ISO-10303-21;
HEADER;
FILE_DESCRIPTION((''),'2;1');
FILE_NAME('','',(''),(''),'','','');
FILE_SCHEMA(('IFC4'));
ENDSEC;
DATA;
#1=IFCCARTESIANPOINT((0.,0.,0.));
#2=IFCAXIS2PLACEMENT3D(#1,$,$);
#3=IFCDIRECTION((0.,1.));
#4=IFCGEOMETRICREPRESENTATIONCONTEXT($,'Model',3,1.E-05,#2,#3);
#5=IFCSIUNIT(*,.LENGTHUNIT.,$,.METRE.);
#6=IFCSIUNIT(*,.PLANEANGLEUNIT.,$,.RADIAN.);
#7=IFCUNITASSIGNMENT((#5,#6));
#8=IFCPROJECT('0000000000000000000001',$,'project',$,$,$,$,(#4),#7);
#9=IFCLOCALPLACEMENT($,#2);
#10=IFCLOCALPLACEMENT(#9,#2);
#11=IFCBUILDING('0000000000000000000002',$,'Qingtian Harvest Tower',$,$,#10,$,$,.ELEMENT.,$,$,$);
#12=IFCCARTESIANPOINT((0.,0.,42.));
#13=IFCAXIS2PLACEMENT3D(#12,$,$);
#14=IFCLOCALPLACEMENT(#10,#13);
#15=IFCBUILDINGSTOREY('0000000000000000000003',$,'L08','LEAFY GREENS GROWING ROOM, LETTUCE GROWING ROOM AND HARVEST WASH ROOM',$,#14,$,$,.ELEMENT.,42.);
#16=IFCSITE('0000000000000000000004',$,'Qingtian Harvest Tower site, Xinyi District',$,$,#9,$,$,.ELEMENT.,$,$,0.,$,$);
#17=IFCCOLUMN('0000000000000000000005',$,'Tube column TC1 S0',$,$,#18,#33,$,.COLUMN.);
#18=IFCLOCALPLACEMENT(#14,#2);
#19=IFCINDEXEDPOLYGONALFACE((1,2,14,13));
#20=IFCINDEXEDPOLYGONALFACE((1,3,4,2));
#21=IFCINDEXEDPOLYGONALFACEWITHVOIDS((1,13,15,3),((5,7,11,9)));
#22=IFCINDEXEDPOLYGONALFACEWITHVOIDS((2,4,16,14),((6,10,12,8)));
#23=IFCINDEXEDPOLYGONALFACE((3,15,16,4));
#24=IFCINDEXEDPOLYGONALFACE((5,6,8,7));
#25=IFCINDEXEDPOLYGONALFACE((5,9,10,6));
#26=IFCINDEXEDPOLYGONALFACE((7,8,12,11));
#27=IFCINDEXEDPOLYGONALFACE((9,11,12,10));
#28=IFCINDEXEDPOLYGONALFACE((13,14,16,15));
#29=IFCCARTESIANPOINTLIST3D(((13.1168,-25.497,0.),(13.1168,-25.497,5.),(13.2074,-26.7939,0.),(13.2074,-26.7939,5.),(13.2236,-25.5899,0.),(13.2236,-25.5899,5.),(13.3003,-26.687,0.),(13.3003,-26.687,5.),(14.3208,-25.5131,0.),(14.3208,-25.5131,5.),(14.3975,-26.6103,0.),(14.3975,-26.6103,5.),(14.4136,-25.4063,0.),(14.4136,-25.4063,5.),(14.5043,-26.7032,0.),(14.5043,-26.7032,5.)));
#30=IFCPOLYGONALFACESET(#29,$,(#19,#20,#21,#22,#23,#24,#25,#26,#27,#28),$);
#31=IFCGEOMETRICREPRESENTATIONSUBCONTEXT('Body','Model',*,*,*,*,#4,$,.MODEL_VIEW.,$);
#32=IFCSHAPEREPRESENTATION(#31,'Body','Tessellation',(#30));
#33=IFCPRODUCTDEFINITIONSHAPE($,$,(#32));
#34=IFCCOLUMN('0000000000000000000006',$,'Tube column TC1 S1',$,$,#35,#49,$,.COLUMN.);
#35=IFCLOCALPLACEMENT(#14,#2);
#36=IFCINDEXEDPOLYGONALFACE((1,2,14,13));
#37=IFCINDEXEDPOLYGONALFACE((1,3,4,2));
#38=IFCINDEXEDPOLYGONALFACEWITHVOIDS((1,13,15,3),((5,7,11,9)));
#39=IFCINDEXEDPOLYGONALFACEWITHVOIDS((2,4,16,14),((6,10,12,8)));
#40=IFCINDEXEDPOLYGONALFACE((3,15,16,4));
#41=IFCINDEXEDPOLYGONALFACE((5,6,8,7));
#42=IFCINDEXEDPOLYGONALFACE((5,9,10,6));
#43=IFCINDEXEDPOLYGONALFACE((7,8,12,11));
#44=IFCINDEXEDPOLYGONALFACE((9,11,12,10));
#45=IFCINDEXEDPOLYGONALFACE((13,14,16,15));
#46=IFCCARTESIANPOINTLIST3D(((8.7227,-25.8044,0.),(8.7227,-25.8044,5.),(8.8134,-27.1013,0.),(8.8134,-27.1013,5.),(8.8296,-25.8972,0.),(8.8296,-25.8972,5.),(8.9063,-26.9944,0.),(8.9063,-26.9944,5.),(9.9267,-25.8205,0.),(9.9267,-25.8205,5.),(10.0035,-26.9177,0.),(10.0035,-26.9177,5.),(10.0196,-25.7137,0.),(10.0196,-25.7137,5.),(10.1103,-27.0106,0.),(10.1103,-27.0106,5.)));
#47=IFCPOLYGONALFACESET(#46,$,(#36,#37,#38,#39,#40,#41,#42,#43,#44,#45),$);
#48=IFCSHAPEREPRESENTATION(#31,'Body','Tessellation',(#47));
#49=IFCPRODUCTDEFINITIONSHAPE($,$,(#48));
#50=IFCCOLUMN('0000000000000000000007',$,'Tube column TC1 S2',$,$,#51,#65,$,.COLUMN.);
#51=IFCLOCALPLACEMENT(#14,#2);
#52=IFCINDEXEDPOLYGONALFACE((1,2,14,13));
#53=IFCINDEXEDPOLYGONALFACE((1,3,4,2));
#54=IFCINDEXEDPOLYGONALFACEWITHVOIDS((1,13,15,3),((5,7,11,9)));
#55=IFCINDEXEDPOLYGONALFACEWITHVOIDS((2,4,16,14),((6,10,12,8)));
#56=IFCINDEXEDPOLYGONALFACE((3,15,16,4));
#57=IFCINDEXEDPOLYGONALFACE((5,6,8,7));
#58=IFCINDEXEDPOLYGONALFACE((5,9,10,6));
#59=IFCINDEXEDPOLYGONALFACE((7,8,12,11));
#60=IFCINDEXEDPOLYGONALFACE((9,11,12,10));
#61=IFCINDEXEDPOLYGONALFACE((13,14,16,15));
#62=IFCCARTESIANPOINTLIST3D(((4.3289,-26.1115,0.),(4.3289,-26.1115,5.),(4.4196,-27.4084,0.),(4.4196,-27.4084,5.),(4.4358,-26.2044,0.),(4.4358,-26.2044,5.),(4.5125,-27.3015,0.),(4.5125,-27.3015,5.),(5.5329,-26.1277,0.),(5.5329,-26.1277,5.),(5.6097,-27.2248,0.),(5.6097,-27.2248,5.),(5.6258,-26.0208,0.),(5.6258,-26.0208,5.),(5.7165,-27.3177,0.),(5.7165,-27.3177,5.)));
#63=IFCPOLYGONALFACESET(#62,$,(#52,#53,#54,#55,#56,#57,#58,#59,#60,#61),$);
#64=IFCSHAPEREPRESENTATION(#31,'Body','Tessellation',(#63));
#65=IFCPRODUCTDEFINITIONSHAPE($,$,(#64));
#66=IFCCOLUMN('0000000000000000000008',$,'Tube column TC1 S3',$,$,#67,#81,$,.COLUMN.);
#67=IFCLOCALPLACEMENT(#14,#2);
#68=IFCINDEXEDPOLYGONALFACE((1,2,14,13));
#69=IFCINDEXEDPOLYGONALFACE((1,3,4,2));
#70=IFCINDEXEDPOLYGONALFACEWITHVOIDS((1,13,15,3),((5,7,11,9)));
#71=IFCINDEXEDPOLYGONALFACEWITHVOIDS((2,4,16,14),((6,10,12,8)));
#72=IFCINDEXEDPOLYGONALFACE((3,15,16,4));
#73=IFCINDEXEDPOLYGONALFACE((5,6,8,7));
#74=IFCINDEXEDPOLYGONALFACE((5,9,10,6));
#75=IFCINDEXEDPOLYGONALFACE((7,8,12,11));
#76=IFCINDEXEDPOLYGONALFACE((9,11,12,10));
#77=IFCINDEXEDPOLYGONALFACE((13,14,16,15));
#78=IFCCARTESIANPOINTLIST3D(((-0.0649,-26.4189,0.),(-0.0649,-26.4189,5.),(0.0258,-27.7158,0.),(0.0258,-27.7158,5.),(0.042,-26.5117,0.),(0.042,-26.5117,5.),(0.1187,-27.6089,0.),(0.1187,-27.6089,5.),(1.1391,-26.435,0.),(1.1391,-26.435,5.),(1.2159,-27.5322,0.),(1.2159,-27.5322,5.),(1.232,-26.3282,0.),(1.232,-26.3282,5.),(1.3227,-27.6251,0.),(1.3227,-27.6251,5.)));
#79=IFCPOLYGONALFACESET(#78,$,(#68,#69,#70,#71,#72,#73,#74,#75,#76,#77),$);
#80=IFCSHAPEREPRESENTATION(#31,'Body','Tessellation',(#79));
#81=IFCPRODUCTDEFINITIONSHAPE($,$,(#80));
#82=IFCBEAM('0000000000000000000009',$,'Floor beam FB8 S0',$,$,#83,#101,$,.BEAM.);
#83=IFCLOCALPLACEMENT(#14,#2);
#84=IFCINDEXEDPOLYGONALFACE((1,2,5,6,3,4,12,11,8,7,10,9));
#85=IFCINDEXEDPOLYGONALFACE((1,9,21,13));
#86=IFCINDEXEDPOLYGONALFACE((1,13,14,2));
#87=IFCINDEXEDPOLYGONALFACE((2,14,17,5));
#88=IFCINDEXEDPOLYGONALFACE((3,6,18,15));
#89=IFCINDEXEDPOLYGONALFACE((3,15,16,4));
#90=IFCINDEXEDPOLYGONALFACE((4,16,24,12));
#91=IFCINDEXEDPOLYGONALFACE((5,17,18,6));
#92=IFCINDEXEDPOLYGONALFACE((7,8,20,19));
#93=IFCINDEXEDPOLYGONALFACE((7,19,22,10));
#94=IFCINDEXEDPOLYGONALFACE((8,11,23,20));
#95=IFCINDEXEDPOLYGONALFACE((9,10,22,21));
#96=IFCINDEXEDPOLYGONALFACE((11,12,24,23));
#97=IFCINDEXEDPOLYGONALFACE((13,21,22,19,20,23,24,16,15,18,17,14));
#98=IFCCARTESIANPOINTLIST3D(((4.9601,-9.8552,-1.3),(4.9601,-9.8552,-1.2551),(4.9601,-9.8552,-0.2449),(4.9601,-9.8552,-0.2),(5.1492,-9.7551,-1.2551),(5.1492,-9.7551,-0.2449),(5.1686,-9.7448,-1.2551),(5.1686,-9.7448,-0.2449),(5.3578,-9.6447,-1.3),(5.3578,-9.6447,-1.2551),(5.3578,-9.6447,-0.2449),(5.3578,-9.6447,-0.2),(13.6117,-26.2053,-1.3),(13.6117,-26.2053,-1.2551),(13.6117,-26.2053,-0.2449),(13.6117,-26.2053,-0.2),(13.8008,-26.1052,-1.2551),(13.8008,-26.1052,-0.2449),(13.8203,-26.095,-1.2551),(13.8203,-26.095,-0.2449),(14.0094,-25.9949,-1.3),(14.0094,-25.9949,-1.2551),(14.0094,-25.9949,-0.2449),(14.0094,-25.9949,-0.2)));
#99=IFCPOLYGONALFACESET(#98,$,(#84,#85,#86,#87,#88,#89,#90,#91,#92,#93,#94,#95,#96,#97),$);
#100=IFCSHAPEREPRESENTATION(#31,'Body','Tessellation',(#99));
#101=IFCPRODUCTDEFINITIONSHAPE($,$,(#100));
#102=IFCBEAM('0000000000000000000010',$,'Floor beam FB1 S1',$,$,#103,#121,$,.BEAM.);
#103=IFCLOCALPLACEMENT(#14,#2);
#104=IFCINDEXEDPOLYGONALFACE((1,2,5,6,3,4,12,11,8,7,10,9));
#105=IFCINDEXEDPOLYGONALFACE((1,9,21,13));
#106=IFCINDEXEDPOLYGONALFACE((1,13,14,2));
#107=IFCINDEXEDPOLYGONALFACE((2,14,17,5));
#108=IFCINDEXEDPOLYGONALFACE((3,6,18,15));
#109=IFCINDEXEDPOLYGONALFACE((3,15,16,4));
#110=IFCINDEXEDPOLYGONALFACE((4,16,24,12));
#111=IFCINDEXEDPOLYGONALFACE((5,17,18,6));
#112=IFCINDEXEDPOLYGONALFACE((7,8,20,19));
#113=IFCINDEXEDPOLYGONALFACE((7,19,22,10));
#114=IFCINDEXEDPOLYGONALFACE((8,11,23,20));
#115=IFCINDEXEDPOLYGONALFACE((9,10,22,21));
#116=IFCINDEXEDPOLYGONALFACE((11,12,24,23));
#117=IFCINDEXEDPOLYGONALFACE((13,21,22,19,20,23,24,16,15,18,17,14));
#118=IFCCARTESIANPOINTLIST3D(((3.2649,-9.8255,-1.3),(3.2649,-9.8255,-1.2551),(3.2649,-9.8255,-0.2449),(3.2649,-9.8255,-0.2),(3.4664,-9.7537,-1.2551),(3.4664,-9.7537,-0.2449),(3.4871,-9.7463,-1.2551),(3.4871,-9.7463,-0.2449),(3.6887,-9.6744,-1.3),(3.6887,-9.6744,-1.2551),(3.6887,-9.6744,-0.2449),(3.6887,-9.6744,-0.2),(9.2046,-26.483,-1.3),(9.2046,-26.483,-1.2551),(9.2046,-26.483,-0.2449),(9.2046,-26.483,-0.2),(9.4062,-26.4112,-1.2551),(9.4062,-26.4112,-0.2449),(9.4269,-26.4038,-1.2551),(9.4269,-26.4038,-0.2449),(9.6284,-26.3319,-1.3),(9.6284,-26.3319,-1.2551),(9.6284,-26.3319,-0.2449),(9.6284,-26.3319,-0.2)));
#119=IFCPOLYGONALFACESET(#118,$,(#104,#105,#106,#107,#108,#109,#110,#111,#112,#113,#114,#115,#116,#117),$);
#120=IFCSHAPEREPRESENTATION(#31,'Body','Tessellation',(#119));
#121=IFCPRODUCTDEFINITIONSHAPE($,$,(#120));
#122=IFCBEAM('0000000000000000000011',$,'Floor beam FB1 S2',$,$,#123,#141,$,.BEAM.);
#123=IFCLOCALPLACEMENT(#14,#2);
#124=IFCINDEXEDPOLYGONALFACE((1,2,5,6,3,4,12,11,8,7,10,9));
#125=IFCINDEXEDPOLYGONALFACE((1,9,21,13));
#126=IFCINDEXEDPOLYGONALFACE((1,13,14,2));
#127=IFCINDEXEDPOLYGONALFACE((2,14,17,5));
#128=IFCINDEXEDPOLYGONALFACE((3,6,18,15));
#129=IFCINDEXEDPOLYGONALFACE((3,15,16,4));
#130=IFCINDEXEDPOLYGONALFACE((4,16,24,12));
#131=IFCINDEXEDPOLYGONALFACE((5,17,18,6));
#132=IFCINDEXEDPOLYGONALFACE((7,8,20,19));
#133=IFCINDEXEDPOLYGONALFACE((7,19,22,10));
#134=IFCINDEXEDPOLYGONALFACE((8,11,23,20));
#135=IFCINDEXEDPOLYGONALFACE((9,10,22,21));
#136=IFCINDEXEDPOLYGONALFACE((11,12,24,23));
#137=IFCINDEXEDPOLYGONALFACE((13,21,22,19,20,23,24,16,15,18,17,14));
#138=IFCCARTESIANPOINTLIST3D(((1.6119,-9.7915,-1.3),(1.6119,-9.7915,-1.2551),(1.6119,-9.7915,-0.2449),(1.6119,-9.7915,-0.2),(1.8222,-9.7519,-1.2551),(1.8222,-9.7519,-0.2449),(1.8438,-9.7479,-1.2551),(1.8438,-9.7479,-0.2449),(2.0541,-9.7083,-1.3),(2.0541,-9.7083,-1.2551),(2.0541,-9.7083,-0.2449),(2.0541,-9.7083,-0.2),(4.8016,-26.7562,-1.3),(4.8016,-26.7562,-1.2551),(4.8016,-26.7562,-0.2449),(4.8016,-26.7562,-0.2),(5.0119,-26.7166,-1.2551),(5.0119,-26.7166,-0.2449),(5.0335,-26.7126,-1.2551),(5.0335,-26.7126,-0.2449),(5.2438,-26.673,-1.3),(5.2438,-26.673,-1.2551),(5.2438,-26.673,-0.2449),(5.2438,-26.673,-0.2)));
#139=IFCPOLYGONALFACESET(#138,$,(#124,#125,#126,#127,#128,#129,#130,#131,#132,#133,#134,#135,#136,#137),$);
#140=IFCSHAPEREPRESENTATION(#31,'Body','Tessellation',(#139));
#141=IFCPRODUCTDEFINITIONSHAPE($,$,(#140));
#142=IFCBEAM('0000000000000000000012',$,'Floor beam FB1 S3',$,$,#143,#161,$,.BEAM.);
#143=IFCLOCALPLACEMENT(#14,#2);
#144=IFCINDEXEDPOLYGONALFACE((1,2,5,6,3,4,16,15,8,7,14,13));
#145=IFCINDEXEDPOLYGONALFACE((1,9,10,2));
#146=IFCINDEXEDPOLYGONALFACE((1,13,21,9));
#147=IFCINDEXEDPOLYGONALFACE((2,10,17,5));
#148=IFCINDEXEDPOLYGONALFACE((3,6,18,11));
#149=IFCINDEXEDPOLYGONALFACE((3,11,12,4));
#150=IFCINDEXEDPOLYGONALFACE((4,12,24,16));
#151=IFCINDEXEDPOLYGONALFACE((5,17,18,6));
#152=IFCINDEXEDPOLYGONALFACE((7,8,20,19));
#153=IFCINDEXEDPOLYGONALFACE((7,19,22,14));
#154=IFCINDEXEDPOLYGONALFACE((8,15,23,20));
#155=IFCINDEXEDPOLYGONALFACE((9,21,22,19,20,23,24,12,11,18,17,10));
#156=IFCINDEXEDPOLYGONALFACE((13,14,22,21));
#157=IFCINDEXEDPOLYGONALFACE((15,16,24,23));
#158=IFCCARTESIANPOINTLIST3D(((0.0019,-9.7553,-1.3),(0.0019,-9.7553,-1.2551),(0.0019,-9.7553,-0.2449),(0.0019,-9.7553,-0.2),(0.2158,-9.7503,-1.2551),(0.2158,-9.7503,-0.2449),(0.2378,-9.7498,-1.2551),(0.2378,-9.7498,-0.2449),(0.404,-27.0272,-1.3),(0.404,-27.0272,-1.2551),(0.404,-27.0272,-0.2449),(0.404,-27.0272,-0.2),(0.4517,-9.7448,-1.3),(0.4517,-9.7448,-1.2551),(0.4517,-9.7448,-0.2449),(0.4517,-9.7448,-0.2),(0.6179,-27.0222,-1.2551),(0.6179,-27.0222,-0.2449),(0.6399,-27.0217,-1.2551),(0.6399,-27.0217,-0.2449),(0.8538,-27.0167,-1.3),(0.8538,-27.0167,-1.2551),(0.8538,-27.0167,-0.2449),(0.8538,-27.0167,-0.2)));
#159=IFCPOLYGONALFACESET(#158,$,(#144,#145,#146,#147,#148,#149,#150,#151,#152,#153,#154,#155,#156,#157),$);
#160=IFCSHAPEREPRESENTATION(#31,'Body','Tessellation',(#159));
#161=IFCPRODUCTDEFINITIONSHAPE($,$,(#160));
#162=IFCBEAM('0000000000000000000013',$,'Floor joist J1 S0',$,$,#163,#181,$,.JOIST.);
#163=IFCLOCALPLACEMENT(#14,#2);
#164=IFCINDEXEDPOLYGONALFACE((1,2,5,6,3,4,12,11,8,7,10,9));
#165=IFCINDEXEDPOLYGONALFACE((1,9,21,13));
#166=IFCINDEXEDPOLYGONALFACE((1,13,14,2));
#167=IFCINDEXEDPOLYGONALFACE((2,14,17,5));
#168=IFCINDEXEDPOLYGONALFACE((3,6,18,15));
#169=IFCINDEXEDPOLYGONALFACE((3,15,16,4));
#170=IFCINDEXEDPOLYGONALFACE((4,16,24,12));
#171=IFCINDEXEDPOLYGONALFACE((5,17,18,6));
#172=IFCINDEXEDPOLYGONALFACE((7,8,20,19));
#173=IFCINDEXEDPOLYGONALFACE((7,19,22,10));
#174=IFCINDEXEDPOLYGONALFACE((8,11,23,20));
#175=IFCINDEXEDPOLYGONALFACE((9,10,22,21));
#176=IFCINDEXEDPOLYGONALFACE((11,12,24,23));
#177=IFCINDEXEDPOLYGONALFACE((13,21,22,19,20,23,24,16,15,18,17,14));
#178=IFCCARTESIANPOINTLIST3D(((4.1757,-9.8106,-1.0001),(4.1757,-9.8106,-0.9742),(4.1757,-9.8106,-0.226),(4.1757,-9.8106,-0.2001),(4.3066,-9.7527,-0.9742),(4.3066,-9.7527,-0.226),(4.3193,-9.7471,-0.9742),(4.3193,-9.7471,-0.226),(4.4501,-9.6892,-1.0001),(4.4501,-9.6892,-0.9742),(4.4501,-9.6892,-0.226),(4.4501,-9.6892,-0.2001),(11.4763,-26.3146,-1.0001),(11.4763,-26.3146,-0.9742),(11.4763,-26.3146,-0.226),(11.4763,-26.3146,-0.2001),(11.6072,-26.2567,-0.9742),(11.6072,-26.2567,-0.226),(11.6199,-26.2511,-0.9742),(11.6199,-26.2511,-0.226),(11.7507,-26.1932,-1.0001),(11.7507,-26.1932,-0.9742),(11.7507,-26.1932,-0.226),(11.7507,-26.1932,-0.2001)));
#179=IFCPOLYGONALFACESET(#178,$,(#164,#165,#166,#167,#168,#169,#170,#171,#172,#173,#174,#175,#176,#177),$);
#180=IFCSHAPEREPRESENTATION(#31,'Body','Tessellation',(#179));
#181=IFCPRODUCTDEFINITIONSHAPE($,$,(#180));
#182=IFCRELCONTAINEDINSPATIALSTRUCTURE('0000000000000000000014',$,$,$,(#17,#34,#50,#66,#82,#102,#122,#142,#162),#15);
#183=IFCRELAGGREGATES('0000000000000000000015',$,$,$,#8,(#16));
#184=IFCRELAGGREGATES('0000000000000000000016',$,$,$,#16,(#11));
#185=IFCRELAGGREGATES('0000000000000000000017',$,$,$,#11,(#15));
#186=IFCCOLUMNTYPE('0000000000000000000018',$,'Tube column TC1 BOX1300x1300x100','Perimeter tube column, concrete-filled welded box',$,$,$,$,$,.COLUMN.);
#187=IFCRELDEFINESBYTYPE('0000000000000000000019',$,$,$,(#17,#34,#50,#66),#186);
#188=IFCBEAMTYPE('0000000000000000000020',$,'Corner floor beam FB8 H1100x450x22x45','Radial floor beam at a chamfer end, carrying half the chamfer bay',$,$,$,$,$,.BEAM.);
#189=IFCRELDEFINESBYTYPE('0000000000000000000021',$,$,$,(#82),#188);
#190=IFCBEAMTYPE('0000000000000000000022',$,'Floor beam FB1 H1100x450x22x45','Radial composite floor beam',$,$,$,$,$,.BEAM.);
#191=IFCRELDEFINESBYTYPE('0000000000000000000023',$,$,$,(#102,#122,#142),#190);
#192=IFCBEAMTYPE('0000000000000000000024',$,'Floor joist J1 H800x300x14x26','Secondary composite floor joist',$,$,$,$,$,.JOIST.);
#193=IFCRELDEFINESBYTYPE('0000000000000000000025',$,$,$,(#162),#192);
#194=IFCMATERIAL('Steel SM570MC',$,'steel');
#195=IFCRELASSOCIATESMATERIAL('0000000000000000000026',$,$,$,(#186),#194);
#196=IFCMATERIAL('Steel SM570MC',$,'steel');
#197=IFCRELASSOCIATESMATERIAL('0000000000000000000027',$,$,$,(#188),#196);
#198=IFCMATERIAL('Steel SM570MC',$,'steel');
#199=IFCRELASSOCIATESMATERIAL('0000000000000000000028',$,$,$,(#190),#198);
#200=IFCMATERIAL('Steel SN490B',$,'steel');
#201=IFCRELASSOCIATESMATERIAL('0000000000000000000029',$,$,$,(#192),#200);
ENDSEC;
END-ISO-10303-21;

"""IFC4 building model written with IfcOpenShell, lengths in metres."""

from ifc_helpers import new_model, si_unit, direction, frame, origin, origin_2d, place, context, subcontext, project, spatial, hollow_rectangle, i_section, extrude, material, material_profile, profile_set, type_object, element, save


model = new_model("IFC4")

# Units and contexts
model_context = context("Model", 3, precision=1e-05, world=origin(), true_north=direction((0.0, 1.0)))
body_context = subcontext(model_context, "Body", "Model", "MODEL_VIEW")
ifc_project = project(units=[si_unit("LENGTHUNIT", "METRE"), si_unit("PLANEANGLEUNIT", "RADIAN")], contexts=[model_context])

# Site, building, storey
site_placement = place(None, origin())
site = spatial("IfcSite", under=ifc_project, at=site_placement, Name="Qingtian Harvest Tower site, Xinyi District", CompositionType="ELEMENT", RefElevation=0.0)
building_placement = place(site_placement, origin())
building = spatial("IfcBuilding", under=site, at=building_placement, Name="Qingtian Harvest Tower", CompositionType="ELEMENT")
storey_placement = place(building_placement, frame((0.0, 0.0, 42.0)))
storey = spatial("IfcBuildingStorey", under=building, at=storey_placement, Name="L08", Description="LEAFY GREENS GROWING ROOM, LETTUCE GROWING ROOM AND HARVEST WASH ROOM", CompositionType="ELEMENT", Elevation=42.0)

# Columns
ifc_material_1 = material(Name="Steel SM570MC", Category="steel")
ifc_material_profile_1 = material_profile(ifc_material_1, hollow_rectangle(XDim=1.3, YDim=1.3, WallThickness=0.1001, at=origin_2d()), Name="BOX1300x1300x100")
ifc_profile_set_1 = profile_set([ifc_material_profile_1], Name="Steel SM570MC")
column_type = type_object("IfcColumnType", Name="Tube column TC1 BOX1300x1300x100", Description="Perimeter tube column, concrete-filled welded box", PredefinedType="COLUMN", material=ifc_profile_set_1)
for number, where, z_axis, x_axis, name in (
    (1, (13.8105, -26.1001, 0.0), (0.0, 0.0, 1.0), (0.997564, 0.069756, 0.0), "Tube column TC1 S0"),
    (2, (9.4165, -26.4075, 0.0), (0.0, 0.0, 1.0), (0.997564, 0.069756, 0.0), "Tube column TC1 S1"),
    (3, (5.0227, -26.7146, 0.0), (0.0, 0.0, 1.0), (0.997564, 0.069756, 0.0), "Tube column TC1 S2"),
    (4, (0.6289, -27.022, 0.0), (0.0, 0.0, 1.0), (0.997564, 0.069756, 0.0), "Tube column TC1 S3"),
):
    element("IfcColumn", number, at=place(storey_placement, frame(where, z_axis=z_axis, x_axis=x_axis)), inside=storey, type_object=column_type, Name=name, PredefinedType="COLUMN", context=body_context, shape_type="SweptSolid", body=[
        extrude(hollow_rectangle(XDim=1.3, YDim=1.3, WallThickness=0.1001, at=origin_2d()), origin(), (0.0, 0.0, 1.0), 5.0),
    ])

# Beams
ifc_material_2 = material(Name="Steel SM570MC", Category="steel")
ifc_material_profile_2 = material_profile(ifc_material_2, i_section(OverallWidth=0.45, OverallDepth=1.1001, WebThickness=0.022, FlangeThickness=0.0449, at=origin_2d()), Name="H1100x450x22x45")
ifc_profile_set_2 = profile_set([ifc_material_profile_2], Name="Steel SM570MC")
beam_type_1 = type_object("IfcBeamType", Name="Corner floor beam FB8 H1100x450x22x45", Description="Radial floor beam at a chamfer end, carrying half the chamfer bay", PredefinedType="BEAM", material=ifc_profile_set_2)
beam_1_placement = place(storey_placement, frame((13.8105, -26.1001, -0.75), z_axis=(-0.467705, 0.883885, 0.0), x_axis=(-0.883885, -0.467705, 0.0)))
element("IfcBeam", 5, at=beam_1_placement, inside=storey, type_object=beam_type_1, Name="Floor beam FB8 S0", PredefinedType="BEAM", context=body_context, shape_type="SweptSolid", body=[
    extrude(i_section(OverallWidth=0.45, OverallDepth=1.1001, WebThickness=0.022, FlangeThickness=0.0449, at=origin_2d()), origin(), (0.0, 0.0, 1.0), 18.498),
])
ifc_material_3 = material(Name="Steel SM570MC", Category="steel")
ifc_material_profile_3 = material_profile(ifc_material_3, i_section(OverallWidth=0.45, OverallDepth=1.1001, WebThickness=0.022, FlangeThickness=0.0449, at=origin_2d()), Name="H1100x450x22x45")
ifc_profile_set_3 = profile_set([ifc_material_profile_3], Name="Steel SM570MC")
beam_type_2 = type_object("IfcBeamType", Name="Floor beam FB1 H1100x450x22x45", Description="Radial composite floor beam", PredefinedType="BEAM", material=ifc_profile_set_3)
beam_2_placement = place(storey_placement, frame((9.4165, -26.4075, -0.75), z_axis=(-0.335865, 0.94191, 0.0), x_axis=(-0.94191, -0.335865, 0.0)))
element("IfcBeam", 6, at=beam_2_placement, inside=storey, type_object=beam_type_2, Name="Floor beam FB1 S1", PredefinedType="BEAM", context=body_context, shape_type="SweptSolid", body=[
    extrude(i_section(OverallWidth=0.45, OverallDepth=1.1001, WebThickness=0.022, FlangeThickness=0.0449, at=origin_2d()), origin(), (0.0, 0.0, 1.0), 17.6848),
])
beam_3_placement = place(storey_placement, frame((5.0227, -26.7146, -0.75), z_axis=(-0.184783, 0.982779, 0.0), x_axis=(-0.982779, -0.184783, 0.0)))
element("IfcBeam", 7, at=beam_3_placement, inside=storey, type_object=beam_type_2, Name="Floor beam FB1 S2", PredefinedType="BEAM", context=body_context, shape_type="SweptSolid", body=[
    extrude(i_section(OverallWidth=0.45, OverallDepth=1.1001, WebThickness=0.022, FlangeThickness=0.0449, at=origin_2d()), origin(), (0.0, 0.0, 1.0), 17.262),
])
beam_4_placement = place(storey_placement, frame((0.6289, -27.022, -0.75), z_axis=(-0.023274, 0.999729, 0.0), x_axis=(-0.999729, -0.023274, 0.0)))
element("IfcBeam", 8, at=beam_4_placement, inside=storey, type_object=beam_type_2, Name="Floor beam FB1 S3", PredefinedType="BEAM", context=body_context, shape_type="SweptSolid", body=[
    extrude(i_section(OverallWidth=0.45, OverallDepth=1.1001, WebThickness=0.022, FlangeThickness=0.0449, at=origin_2d()), origin(), (0.0, 0.0, 1.0), 17.2766),
])
ifc_material_4 = material(Name="Steel SN490B", Category="steel")
ifc_material_profile_4 = material_profile(ifc_material_4, i_section(OverallWidth=0.3, OverallDepth=0.8, WebThickness=0.0139, FlangeThickness=0.0259, at=origin_2d()), Name="H800x300x14x26")
ifc_profile_set_4 = profile_set([ifc_material_profile_4], Name="Steel SN490B")
beam_type_3 = type_object("IfcBeamType", Name="Floor joist J1 H800x300x14x26", Description="Secondary composite floor joist", PredefinedType="JOIST", material=ifc_profile_set_4)
beam_5_placement = place(storey_placement, frame((11.6135, -26.2539, -0.6001), z_axis=(-0.40454, 0.91452, 0.0), x_axis=(-0.91452, -0.40454, 0.0)))
element("IfcBeam", 9, at=beam_5_placement, inside=storey, type_object=beam_type_3, Name="Floor joist J1 S0", PredefinedType="JOIST", context=body_context, shape_type="SweptSolid", body=[
    extrude(i_section(OverallWidth=0.3, OverallDepth=0.8, WebThickness=0.0139, FlangeThickness=0.0259, at=origin_2d()), origin(), (0.0, 0.0, 1.0), 18.0466),
])

save(model, "model.ifc")
